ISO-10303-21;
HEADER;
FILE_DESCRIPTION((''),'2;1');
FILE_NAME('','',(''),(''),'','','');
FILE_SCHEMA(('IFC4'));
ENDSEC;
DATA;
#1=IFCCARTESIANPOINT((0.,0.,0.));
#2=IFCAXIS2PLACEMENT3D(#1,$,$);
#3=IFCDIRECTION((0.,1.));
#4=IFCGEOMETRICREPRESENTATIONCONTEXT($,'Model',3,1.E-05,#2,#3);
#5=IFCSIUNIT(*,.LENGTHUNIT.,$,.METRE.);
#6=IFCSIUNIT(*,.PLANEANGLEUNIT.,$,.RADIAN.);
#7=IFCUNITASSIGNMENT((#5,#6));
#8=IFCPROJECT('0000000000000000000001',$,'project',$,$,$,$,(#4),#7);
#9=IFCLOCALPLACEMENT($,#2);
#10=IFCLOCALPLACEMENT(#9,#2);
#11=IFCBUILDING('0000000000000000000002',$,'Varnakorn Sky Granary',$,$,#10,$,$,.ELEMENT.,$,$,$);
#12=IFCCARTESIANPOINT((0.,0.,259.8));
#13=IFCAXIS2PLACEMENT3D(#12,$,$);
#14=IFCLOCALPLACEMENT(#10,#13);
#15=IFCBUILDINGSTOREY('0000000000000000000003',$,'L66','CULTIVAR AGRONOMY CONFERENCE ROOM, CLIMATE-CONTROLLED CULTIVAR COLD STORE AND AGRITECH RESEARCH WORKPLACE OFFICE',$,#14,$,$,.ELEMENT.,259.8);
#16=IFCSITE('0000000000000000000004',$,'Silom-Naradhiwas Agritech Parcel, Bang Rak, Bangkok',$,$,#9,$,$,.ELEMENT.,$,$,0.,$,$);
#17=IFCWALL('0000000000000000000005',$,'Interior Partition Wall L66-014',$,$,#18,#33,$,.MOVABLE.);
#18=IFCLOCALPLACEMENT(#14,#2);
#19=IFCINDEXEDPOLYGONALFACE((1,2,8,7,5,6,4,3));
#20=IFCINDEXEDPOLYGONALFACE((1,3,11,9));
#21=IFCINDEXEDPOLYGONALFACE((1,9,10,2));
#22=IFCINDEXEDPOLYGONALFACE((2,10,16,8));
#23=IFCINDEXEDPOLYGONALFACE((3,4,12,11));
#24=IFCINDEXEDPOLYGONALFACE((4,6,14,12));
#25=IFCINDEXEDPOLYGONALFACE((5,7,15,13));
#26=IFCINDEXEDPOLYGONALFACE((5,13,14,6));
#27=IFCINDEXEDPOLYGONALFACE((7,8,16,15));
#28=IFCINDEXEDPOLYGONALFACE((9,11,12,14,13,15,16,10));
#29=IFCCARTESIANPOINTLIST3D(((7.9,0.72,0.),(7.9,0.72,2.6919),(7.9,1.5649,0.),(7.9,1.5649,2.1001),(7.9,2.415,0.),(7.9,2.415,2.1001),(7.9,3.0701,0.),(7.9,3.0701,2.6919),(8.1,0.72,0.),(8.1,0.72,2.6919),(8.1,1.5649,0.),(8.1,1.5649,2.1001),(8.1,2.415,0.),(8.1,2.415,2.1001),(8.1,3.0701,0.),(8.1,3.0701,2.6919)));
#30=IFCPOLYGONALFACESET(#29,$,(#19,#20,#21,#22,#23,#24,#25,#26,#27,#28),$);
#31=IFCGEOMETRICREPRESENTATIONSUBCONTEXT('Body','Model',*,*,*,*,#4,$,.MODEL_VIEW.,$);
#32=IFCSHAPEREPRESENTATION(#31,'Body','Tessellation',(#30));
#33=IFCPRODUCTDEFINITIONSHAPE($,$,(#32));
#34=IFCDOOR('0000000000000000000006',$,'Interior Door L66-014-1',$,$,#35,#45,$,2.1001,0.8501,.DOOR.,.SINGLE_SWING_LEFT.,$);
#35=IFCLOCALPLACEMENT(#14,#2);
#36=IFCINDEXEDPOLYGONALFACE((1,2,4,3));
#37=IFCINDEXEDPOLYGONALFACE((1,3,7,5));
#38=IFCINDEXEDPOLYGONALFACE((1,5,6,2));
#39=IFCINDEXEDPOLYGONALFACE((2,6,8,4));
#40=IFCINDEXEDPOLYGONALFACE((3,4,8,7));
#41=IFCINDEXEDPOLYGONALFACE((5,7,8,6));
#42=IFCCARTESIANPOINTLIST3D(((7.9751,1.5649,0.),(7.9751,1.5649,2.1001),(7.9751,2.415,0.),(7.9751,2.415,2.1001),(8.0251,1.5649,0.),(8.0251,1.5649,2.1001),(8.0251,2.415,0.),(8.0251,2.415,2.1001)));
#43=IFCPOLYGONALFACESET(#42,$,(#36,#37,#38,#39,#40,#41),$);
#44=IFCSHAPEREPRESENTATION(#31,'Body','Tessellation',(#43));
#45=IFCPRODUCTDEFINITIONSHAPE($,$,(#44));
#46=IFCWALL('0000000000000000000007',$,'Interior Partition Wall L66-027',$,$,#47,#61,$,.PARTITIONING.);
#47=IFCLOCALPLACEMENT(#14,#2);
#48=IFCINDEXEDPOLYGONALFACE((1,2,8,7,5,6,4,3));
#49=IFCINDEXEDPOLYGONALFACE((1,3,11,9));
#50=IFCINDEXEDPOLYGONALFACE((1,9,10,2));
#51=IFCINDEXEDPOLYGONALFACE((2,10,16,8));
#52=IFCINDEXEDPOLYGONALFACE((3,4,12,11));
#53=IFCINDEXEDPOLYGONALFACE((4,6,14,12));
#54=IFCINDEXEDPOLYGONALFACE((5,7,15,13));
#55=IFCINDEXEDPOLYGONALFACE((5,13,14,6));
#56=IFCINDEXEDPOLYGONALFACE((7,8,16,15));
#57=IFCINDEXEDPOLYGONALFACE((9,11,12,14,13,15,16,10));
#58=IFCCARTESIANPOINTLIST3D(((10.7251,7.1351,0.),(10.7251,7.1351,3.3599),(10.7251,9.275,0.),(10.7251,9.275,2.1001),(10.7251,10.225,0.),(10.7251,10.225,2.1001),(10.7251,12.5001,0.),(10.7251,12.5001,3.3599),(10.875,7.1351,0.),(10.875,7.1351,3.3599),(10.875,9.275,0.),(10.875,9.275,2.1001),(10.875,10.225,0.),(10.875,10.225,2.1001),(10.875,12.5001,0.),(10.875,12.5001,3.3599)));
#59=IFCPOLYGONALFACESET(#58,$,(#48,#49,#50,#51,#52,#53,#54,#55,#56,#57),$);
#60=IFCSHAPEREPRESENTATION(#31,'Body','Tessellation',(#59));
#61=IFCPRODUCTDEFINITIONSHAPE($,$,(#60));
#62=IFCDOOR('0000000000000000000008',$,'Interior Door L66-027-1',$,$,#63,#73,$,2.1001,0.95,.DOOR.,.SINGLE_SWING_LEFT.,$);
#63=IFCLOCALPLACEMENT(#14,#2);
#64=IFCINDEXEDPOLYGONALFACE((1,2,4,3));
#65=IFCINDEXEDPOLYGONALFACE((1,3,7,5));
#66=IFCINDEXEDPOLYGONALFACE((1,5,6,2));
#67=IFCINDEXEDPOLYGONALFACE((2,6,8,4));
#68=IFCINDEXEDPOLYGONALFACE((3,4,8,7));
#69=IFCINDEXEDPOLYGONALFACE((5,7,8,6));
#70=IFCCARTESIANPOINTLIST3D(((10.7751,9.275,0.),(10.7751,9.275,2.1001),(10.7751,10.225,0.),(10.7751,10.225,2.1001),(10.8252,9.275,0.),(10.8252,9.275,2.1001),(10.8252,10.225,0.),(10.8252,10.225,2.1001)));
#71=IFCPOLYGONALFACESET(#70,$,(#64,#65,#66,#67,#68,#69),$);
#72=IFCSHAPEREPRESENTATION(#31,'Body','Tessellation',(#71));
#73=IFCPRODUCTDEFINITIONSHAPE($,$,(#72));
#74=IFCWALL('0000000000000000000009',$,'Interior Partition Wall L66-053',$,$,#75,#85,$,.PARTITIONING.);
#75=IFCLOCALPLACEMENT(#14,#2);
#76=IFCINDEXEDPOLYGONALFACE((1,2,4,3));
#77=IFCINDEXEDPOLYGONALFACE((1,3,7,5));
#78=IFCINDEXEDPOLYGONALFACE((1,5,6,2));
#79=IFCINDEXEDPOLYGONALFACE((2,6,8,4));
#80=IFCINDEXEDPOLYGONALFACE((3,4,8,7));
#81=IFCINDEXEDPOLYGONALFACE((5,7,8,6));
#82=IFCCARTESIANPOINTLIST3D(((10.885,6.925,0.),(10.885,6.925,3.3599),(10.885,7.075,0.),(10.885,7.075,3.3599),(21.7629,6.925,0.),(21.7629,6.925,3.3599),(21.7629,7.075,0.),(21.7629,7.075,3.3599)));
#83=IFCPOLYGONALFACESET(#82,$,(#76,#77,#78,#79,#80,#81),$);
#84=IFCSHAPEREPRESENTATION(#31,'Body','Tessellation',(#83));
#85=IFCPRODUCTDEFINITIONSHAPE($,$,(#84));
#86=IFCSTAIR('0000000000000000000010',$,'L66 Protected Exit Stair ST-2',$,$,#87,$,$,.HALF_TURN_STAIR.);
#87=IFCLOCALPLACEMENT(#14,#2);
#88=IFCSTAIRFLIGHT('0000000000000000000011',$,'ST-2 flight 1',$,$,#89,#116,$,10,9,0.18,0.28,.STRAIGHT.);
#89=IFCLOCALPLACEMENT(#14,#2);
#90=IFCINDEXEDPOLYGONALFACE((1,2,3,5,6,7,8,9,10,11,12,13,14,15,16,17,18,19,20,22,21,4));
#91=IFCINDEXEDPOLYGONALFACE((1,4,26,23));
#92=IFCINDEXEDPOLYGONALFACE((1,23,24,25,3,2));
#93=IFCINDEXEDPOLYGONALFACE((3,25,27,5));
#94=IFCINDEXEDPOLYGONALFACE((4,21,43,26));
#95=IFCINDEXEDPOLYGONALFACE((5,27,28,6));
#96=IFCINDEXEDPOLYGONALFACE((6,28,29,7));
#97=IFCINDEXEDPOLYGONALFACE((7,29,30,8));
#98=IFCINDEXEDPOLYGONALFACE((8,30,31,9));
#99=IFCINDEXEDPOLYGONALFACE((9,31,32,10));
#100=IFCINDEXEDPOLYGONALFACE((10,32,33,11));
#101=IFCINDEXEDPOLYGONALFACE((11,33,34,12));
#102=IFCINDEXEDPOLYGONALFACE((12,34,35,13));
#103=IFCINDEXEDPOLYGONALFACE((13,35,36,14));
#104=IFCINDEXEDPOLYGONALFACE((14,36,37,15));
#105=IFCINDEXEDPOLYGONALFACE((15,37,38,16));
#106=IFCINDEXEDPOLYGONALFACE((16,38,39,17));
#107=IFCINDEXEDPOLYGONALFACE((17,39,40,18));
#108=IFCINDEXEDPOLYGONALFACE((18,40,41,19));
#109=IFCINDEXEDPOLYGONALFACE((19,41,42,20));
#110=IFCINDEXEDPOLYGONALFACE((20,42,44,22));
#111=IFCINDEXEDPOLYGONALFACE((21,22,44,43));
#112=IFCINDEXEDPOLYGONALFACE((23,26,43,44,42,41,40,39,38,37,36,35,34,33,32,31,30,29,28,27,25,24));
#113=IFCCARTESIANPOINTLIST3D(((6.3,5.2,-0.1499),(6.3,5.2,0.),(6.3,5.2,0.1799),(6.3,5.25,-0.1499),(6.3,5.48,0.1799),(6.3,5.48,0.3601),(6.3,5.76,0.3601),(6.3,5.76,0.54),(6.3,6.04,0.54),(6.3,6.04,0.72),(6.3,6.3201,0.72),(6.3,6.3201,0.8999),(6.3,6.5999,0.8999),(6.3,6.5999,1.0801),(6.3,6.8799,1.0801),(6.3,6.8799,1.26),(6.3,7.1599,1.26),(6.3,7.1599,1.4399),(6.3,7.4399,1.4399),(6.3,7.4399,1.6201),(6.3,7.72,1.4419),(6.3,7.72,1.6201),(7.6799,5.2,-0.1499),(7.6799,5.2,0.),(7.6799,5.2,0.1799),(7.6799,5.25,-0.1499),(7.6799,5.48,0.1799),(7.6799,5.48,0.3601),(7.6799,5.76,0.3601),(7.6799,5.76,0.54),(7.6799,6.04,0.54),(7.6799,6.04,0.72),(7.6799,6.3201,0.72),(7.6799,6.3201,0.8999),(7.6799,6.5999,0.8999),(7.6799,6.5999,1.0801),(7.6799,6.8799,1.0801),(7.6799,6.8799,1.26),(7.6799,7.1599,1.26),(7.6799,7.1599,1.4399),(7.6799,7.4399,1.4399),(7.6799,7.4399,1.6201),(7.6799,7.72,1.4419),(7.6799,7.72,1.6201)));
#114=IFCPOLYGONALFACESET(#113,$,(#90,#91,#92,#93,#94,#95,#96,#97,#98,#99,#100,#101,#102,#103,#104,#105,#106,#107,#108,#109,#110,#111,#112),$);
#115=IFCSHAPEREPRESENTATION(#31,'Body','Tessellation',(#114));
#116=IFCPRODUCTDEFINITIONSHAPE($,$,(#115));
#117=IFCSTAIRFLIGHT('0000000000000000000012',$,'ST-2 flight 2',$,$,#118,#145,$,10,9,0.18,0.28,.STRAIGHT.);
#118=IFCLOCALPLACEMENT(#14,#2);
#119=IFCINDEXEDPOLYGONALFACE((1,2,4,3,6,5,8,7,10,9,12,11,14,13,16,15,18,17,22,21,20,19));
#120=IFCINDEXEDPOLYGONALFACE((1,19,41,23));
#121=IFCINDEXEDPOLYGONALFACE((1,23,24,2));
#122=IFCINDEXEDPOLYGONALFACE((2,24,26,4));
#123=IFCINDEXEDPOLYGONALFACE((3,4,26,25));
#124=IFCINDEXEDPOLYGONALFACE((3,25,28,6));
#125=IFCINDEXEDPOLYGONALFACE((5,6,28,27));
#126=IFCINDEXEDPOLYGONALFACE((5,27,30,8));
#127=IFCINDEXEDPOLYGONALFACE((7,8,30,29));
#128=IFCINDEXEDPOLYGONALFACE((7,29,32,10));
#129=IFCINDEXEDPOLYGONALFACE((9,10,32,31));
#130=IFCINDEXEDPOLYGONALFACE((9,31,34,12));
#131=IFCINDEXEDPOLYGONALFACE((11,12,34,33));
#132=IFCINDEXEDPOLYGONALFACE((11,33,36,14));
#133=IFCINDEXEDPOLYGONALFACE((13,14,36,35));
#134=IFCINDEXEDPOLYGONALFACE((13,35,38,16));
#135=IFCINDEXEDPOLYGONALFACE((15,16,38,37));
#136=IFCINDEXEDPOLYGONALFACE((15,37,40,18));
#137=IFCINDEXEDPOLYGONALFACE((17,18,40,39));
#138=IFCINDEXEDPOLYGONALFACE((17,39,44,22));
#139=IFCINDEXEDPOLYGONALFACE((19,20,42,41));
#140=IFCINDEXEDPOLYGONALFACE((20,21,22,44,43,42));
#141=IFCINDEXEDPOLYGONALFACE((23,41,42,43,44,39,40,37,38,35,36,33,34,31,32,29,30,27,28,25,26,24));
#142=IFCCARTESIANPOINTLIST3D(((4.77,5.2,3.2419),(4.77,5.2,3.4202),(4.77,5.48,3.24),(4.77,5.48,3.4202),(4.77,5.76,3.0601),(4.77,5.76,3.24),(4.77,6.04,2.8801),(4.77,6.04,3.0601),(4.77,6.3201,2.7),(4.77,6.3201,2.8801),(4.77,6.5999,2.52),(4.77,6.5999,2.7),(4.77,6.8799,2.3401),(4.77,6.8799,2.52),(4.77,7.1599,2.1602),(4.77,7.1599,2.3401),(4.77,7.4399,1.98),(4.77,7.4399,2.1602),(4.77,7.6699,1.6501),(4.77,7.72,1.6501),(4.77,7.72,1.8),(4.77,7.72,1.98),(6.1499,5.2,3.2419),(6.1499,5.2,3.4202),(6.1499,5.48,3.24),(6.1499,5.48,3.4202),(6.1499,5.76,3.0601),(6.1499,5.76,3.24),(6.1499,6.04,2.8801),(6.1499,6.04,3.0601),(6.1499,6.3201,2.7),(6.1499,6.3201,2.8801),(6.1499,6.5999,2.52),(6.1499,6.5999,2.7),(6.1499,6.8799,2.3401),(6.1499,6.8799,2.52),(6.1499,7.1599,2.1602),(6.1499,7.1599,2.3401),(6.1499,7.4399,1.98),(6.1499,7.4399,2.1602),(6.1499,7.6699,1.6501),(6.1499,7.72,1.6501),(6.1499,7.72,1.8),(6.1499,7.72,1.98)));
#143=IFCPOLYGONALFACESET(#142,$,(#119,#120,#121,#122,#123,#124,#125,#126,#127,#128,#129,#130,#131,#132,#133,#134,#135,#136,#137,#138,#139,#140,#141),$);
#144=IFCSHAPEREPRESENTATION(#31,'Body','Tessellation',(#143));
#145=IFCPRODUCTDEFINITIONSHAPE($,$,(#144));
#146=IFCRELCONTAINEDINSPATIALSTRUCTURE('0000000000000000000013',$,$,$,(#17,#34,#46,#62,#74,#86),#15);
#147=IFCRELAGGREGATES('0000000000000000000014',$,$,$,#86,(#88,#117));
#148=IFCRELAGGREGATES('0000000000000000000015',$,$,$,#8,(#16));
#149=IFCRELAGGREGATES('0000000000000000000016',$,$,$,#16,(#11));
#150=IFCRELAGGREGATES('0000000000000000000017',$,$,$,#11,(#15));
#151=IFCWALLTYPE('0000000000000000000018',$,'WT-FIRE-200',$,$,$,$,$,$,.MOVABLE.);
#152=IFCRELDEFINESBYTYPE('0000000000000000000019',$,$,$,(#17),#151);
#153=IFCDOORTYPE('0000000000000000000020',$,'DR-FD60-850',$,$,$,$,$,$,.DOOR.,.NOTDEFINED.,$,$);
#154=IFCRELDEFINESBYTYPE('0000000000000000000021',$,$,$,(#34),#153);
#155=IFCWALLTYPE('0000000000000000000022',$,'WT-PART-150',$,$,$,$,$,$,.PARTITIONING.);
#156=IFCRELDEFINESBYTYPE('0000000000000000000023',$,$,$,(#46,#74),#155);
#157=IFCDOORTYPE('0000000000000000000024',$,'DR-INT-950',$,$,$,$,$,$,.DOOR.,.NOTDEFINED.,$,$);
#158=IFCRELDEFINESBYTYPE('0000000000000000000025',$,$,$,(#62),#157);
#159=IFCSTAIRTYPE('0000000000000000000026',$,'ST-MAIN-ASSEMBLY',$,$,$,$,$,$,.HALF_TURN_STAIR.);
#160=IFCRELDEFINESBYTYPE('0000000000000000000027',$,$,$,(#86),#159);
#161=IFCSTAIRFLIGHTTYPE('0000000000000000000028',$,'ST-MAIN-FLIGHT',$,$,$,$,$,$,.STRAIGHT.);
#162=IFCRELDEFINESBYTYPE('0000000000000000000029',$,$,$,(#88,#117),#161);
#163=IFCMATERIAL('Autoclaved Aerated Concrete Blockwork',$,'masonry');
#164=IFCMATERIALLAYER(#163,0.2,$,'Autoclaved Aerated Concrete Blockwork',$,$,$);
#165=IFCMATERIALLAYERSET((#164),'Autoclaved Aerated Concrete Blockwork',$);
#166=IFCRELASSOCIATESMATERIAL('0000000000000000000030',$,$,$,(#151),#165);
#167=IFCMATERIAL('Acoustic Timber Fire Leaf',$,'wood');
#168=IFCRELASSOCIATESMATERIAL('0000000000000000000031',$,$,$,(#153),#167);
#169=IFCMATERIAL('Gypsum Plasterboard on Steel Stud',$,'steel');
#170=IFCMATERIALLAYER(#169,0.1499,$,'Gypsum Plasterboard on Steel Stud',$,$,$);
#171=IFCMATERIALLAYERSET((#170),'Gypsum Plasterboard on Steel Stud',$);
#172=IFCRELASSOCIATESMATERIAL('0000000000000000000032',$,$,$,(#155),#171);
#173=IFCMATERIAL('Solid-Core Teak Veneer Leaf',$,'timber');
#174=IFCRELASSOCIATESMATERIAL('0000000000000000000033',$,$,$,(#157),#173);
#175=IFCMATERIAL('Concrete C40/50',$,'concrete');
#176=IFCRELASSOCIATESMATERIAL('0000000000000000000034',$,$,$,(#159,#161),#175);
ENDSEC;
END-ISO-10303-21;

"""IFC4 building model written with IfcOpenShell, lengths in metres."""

from ifc_helpers import new_model, si_unit, direction, frame, frame_2d, origin, place, context, subcontext, project, spatial, polyline, rectangle, outline, extrude, material, layer, layer_set, type_object, element, fill, aggregate, save


model = new_model("IFC4")

# Units and contexts
model_context = context("Model", 3, precision=1e-05, world=origin(), true_north=direction((0.0, 1.0)))
body_context = subcontext(model_context, "Body", "Model", "MODEL_VIEW")
ifc_project = project(units=[si_unit("LENGTHUNIT", "METRE"), si_unit("PLANEANGLEUNIT", "RADIAN")], contexts=[model_context])

# Site, building, storey
site_placement = place(None, origin())
site = spatial("IfcSite", under=ifc_project, at=site_placement, Name="Silom-Naradhiwas Agritech Parcel, Bang Rak, Bangkok", CompositionType="ELEMENT", RefElevation=0.0)
building_placement = place(site_placement, origin())
building = spatial("IfcBuilding", under=site, at=building_placement, Name="Varnakorn Sky Granary", CompositionType="ELEMENT")
storey_placement = place(building_placement, frame((0.0, 0.0, 259.8)))
storey = spatial("IfcBuildingStorey", under=building, at=storey_placement, Name="L66", Description="CULTIVAR AGRONOMY CONFERENCE ROOM, CLIMATE-CONTROLLED CULTIVAR COLD STORE AND AGRITECH RESEARCH WORKPLACE OFFICE", CompositionType="ELEMENT", Elevation=259.8)

# Walls, openings, doors
ifc_material_1 = material(Name="Autoclaved Aerated Concrete Blockwork", Category="masonry")
ifc_layer_1 = layer(ifc_material_1, 0.2, Name="Autoclaved Aerated Concrete Blockwork")
ifc_layer_set_1 = layer_set([ifc_layer_1], Name="Autoclaved Aerated Concrete Blockwork")
wall_type_1 = type_object("IfcWallType", Name="WT-FIRE-200", PredefinedType="MOVABLE", material=ifc_layer_set_1)
ifc_material_2 = material(Name="Acoustic Timber Fire Leaf", Category="wood")
wall_1_placement = place(storey_placement, frame((8.0, 0.72, 0.0), z_axis=(0.0, 0.0, 1.0), x_axis=(0.0, 1.0, 0.0)))
wall_1 = element("IfcWall", 1, at=wall_1_placement, inside=storey, type_object=wall_type_1, Name="Interior Partition Wall L66-014", PredefinedType="MOVABLE", context=body_context, shape_type="SweptSolid", body=[
    extrude(rectangle(XDim=2.3501, YDim=0.2, at=frame_2d((1.175, 0.0))), origin(), (0.0, 0.0, 1.0), 2.6919),
])
opening_1_placement = place(wall_1_placement, frame((0.845, 0.0, 0.0)))
opening_1 = element("IfcOpeningElement", 2, at=opening_1_placement, cuts=wall_1, PredefinedType="OPENING", context=body_context, shape_type="SweptSolid", body=[
    extrude(rectangle(XDim=0.8501, YDim=2.1001, at=frame_2d((0.425, 1.05))), frame((0.0, 0.1099, 0.0), z_axis=(0.0, -1.0, 0.0), x_axis=(1.0, 0.0, 0.0)), (0.0, 0.0, 1.0), 0.22),
])
door_type_1 = type_object("IfcDoorType", Name="DR-FD60-850", OperationType="NOTDEFINED", PredefinedType="DOOR", material=ifc_material_2)
door_1_placement = place(opening_1_placement, origin())
door_1 = element("IfcDoor", 3, at=door_1_placement, inside=storey, type_object=door_type_1, Name="Interior Door L66-014-1", OperationType="SINGLE_SWING_LEFT", OverallHeight=2.1001, OverallWidth=0.8501, PredefinedType="DOOR", context=body_context, shape_type="SweptSolid", body=[
    extrude(rectangle(XDim=0.8501, YDim=2.1001, at=frame_2d((0.425, 1.05))), frame((0.0, 0.0249, 0.0), z_axis=(0.0, -1.0, 0.0), x_axis=(1.0, 0.0, 0.0)), (0.0, 0.0, 1.0), 0.05),
])
fill(opening_1, door_1)
ifc_material_3 = material(Name="Gypsum Plasterboard on Steel Stud", Category="steel")
ifc_layer_2 = layer(ifc_material_3, 0.1499, Name="Gypsum Plasterboard on Steel Stud")
ifc_layer_set_2 = layer_set([ifc_layer_2], Name="Gypsum Plasterboard on Steel Stud")
wall_type_2 = type_object("IfcWallType", Name="WT-PART-150", PredefinedType="PARTITIONING", material=ifc_layer_set_2)
wall_2_placement = place(storey_placement, frame((10.8, 7.135, 0.0), z_axis=(0.0, 0.0, 1.0), x_axis=(0.0, 1.0, 0.0)))
wall_2 = element("IfcWall", 4, at=wall_2_placement, inside=storey, type_object=wall_type_2, Name="Interior Partition Wall L66-027", PredefinedType="PARTITIONING", context=body_context, shape_type="SweptSolid", body=[
    extrude(rectangle(XDim=5.365, YDim=0.1499, at=frame_2d((2.6826, 0.0))), origin(), (0.0, 0.0, 1.0), 3.3599),
])
opening_2_placement = place(wall_2_placement, frame((2.1399, 0.0, 0.0)))
opening_2 = element("IfcOpeningElement", 5, at=opening_2_placement, cuts=wall_2, PredefinedType="OPENING", context=body_context, shape_type="SweptSolid", body=[
    extrude(rectangle(XDim=0.95, YDim=2.1001, at=frame_2d((0.4751, 1.05))), frame((0.0, 0.085, 0.0), z_axis=(0.0, -1.0, 0.0), x_axis=(1.0, 0.0, 0.0)), (0.0, 0.0, 1.0), 0.1699),
])
ifc_material_4 = material(Name="Solid-Core Teak Veneer Leaf", Category="timber")
door_type_2 = type_object("IfcDoorType", Name="DR-INT-950", OperationType="NOTDEFINED", PredefinedType="DOOR", material=ifc_material_4)
door_2_placement = place(opening_2_placement, origin())
door_2 = element("IfcDoor", 6, at=door_2_placement, inside=storey, type_object=door_type_2, Name="Interior Door L66-027-1", OperationType="SINGLE_SWING_LEFT", OverallHeight=2.1001, OverallWidth=0.95, PredefinedType="DOOR", context=body_context, shape_type="SweptSolid", body=[
    extrude(rectangle(XDim=0.95, YDim=2.1001, at=frame_2d((0.4751, 1.05))), frame((0.0, 0.0249, 0.0), z_axis=(0.0, -1.0, 0.0), x_axis=(1.0, 0.0, 0.0)), (0.0, 0.0, 1.0), 0.05),
])
fill(opening_2, door_2)

# Wall
wall_3_placement = place(storey_placement, frame((10.885, 7.0, 0.0), z_axis=(0.0, 0.0, 1.0), x_axis=(1.0, 0.0, 0.0)))
element("IfcWall", 7, at=wall_3_placement, inside=storey, type_object=wall_type_2, Name="Interior Partition Wall L66-053", PredefinedType="PARTITIONING", context=body_context, shape_type="SweptSolid", body=[
    extrude(rectangle(XDim=10.8779, YDim=0.1499, at=frame_2d((5.439, 0.0))), origin(), (0.0, 0.0, 1.0), 3.3599),
])

# Stair, stair flights
ifc_material_5 = material(Name="Concrete C40/50", Category="concrete")
stair_type = type_object("IfcStairType", Name="ST-MAIN-ASSEMBLY", PredefinedType="HALF_TURN_STAIR", material=ifc_material_5)
stair_placement = place(storey_placement, origin())
stair = element("IfcStair", 8, at=stair_placement, inside=storey, type_object=stair_type, Name="L66 Protected Exit Stair ST-2", PredefinedType="HALF_TURN_STAIR")
stair_flight_type = type_object("IfcStairFlightType", Name="ST-MAIN-FLIGHT", PredefinedType="STRAIGHT", material=ifc_material_5)
stair_flight_1_placement = place(storey_placement, frame((6.99, 5.2, 0.0), z_axis=(0.0, 0.0, 1.0), x_axis=(0.0, 1.0, 0.0)))
stair_flight_1 = element("IfcStairFlight", 9, at=stair_flight_1_placement, type_object=stair_flight_type, Name="ST-2 flight 1", NumberOfRisers=10, NumberOfTreads=9, PredefinedType="STRAIGHT", RiserHeight=0.18, TreadLength=0.28, context=body_context, shape_type="SweptSolid", body=[
    extrude(outline(polyline([(0.0, -0.1499), (0.0, 0.0), (0.0, 0.1799), (0.28, 0.1799), (0.28, 0.3601), (0.5601, 0.3601), (0.5601, 0.54), (0.8401, 0.54), (0.8401, 0.72), (1.1201, 0.72), (1.1201, 0.8999), (1.3999, 0.8999), (1.3999, 1.0801), (1.6799, 1.0801), (1.6799, 1.26), (1.96, 1.26), (1.96, 1.4399), (2.24, 1.4399), (2.24, 1.6201), (2.52, 1.6201), (2.52, 1.8), (2.52, 1.4419), (0.05, -0.1499), (0.0, -0.1499)])), frame((0.0, 0.6899, 0.0), z_axis=(0.0, -1.0, 0.0), x_axis=(1.0, 0.0, 0.0)), (0.0, 0.0, 1.0), 1.3799),
])
stair_flight_2_placement = place(storey_placement, frame((5.46, 7.72, 1.8), z_axis=(0.0, 0.0, 1.0), x_axis=(0.0, -1.0, 0.0)))
stair_flight_2 = element("IfcStairFlight", 10, at=stair_flight_2_placement, type_object=stair_flight_type, Name="ST-2 flight 2", NumberOfRisers=10, NumberOfTreads=9, PredefinedType="STRAIGHT", RiserHeight=0.18, TreadLength=0.28, context=body_context, shape_type="SweptSolid", body=[
    extrude(outline(polyline([(0.0, -0.1499), (0.0, 0.0), (0.0, 0.1799), (0.28, 0.1799), (0.28, 0.3601), (0.5601, 0.3601), (0.5601, 0.54), (0.8401, 0.54), (0.8401, 0.72), (1.1201, 0.72), (1.1201, 0.8999), (1.3999, 0.8999), (1.3999, 1.0801), (1.6799, 1.0801), (1.6799, 1.26), (1.96, 1.26), (1.96, 1.4399), (2.24, 1.4399), (2.24, 1.6201), (2.52, 1.6201), (2.52, 1.8), (2.52, 1.4419), (0.05, -0.1499), (0.0, -0.1499)])), frame((0.0, 0.6899, 0.0), z_axis=(0.0, -1.0, 0.0), x_axis=(1.0, 0.0, 0.0)), (0.0, 0.0, 1.0), 1.3799),
])
aggregate(stair, [stair_flight_1, stair_flight_2])

save(model, "model.ifc")
